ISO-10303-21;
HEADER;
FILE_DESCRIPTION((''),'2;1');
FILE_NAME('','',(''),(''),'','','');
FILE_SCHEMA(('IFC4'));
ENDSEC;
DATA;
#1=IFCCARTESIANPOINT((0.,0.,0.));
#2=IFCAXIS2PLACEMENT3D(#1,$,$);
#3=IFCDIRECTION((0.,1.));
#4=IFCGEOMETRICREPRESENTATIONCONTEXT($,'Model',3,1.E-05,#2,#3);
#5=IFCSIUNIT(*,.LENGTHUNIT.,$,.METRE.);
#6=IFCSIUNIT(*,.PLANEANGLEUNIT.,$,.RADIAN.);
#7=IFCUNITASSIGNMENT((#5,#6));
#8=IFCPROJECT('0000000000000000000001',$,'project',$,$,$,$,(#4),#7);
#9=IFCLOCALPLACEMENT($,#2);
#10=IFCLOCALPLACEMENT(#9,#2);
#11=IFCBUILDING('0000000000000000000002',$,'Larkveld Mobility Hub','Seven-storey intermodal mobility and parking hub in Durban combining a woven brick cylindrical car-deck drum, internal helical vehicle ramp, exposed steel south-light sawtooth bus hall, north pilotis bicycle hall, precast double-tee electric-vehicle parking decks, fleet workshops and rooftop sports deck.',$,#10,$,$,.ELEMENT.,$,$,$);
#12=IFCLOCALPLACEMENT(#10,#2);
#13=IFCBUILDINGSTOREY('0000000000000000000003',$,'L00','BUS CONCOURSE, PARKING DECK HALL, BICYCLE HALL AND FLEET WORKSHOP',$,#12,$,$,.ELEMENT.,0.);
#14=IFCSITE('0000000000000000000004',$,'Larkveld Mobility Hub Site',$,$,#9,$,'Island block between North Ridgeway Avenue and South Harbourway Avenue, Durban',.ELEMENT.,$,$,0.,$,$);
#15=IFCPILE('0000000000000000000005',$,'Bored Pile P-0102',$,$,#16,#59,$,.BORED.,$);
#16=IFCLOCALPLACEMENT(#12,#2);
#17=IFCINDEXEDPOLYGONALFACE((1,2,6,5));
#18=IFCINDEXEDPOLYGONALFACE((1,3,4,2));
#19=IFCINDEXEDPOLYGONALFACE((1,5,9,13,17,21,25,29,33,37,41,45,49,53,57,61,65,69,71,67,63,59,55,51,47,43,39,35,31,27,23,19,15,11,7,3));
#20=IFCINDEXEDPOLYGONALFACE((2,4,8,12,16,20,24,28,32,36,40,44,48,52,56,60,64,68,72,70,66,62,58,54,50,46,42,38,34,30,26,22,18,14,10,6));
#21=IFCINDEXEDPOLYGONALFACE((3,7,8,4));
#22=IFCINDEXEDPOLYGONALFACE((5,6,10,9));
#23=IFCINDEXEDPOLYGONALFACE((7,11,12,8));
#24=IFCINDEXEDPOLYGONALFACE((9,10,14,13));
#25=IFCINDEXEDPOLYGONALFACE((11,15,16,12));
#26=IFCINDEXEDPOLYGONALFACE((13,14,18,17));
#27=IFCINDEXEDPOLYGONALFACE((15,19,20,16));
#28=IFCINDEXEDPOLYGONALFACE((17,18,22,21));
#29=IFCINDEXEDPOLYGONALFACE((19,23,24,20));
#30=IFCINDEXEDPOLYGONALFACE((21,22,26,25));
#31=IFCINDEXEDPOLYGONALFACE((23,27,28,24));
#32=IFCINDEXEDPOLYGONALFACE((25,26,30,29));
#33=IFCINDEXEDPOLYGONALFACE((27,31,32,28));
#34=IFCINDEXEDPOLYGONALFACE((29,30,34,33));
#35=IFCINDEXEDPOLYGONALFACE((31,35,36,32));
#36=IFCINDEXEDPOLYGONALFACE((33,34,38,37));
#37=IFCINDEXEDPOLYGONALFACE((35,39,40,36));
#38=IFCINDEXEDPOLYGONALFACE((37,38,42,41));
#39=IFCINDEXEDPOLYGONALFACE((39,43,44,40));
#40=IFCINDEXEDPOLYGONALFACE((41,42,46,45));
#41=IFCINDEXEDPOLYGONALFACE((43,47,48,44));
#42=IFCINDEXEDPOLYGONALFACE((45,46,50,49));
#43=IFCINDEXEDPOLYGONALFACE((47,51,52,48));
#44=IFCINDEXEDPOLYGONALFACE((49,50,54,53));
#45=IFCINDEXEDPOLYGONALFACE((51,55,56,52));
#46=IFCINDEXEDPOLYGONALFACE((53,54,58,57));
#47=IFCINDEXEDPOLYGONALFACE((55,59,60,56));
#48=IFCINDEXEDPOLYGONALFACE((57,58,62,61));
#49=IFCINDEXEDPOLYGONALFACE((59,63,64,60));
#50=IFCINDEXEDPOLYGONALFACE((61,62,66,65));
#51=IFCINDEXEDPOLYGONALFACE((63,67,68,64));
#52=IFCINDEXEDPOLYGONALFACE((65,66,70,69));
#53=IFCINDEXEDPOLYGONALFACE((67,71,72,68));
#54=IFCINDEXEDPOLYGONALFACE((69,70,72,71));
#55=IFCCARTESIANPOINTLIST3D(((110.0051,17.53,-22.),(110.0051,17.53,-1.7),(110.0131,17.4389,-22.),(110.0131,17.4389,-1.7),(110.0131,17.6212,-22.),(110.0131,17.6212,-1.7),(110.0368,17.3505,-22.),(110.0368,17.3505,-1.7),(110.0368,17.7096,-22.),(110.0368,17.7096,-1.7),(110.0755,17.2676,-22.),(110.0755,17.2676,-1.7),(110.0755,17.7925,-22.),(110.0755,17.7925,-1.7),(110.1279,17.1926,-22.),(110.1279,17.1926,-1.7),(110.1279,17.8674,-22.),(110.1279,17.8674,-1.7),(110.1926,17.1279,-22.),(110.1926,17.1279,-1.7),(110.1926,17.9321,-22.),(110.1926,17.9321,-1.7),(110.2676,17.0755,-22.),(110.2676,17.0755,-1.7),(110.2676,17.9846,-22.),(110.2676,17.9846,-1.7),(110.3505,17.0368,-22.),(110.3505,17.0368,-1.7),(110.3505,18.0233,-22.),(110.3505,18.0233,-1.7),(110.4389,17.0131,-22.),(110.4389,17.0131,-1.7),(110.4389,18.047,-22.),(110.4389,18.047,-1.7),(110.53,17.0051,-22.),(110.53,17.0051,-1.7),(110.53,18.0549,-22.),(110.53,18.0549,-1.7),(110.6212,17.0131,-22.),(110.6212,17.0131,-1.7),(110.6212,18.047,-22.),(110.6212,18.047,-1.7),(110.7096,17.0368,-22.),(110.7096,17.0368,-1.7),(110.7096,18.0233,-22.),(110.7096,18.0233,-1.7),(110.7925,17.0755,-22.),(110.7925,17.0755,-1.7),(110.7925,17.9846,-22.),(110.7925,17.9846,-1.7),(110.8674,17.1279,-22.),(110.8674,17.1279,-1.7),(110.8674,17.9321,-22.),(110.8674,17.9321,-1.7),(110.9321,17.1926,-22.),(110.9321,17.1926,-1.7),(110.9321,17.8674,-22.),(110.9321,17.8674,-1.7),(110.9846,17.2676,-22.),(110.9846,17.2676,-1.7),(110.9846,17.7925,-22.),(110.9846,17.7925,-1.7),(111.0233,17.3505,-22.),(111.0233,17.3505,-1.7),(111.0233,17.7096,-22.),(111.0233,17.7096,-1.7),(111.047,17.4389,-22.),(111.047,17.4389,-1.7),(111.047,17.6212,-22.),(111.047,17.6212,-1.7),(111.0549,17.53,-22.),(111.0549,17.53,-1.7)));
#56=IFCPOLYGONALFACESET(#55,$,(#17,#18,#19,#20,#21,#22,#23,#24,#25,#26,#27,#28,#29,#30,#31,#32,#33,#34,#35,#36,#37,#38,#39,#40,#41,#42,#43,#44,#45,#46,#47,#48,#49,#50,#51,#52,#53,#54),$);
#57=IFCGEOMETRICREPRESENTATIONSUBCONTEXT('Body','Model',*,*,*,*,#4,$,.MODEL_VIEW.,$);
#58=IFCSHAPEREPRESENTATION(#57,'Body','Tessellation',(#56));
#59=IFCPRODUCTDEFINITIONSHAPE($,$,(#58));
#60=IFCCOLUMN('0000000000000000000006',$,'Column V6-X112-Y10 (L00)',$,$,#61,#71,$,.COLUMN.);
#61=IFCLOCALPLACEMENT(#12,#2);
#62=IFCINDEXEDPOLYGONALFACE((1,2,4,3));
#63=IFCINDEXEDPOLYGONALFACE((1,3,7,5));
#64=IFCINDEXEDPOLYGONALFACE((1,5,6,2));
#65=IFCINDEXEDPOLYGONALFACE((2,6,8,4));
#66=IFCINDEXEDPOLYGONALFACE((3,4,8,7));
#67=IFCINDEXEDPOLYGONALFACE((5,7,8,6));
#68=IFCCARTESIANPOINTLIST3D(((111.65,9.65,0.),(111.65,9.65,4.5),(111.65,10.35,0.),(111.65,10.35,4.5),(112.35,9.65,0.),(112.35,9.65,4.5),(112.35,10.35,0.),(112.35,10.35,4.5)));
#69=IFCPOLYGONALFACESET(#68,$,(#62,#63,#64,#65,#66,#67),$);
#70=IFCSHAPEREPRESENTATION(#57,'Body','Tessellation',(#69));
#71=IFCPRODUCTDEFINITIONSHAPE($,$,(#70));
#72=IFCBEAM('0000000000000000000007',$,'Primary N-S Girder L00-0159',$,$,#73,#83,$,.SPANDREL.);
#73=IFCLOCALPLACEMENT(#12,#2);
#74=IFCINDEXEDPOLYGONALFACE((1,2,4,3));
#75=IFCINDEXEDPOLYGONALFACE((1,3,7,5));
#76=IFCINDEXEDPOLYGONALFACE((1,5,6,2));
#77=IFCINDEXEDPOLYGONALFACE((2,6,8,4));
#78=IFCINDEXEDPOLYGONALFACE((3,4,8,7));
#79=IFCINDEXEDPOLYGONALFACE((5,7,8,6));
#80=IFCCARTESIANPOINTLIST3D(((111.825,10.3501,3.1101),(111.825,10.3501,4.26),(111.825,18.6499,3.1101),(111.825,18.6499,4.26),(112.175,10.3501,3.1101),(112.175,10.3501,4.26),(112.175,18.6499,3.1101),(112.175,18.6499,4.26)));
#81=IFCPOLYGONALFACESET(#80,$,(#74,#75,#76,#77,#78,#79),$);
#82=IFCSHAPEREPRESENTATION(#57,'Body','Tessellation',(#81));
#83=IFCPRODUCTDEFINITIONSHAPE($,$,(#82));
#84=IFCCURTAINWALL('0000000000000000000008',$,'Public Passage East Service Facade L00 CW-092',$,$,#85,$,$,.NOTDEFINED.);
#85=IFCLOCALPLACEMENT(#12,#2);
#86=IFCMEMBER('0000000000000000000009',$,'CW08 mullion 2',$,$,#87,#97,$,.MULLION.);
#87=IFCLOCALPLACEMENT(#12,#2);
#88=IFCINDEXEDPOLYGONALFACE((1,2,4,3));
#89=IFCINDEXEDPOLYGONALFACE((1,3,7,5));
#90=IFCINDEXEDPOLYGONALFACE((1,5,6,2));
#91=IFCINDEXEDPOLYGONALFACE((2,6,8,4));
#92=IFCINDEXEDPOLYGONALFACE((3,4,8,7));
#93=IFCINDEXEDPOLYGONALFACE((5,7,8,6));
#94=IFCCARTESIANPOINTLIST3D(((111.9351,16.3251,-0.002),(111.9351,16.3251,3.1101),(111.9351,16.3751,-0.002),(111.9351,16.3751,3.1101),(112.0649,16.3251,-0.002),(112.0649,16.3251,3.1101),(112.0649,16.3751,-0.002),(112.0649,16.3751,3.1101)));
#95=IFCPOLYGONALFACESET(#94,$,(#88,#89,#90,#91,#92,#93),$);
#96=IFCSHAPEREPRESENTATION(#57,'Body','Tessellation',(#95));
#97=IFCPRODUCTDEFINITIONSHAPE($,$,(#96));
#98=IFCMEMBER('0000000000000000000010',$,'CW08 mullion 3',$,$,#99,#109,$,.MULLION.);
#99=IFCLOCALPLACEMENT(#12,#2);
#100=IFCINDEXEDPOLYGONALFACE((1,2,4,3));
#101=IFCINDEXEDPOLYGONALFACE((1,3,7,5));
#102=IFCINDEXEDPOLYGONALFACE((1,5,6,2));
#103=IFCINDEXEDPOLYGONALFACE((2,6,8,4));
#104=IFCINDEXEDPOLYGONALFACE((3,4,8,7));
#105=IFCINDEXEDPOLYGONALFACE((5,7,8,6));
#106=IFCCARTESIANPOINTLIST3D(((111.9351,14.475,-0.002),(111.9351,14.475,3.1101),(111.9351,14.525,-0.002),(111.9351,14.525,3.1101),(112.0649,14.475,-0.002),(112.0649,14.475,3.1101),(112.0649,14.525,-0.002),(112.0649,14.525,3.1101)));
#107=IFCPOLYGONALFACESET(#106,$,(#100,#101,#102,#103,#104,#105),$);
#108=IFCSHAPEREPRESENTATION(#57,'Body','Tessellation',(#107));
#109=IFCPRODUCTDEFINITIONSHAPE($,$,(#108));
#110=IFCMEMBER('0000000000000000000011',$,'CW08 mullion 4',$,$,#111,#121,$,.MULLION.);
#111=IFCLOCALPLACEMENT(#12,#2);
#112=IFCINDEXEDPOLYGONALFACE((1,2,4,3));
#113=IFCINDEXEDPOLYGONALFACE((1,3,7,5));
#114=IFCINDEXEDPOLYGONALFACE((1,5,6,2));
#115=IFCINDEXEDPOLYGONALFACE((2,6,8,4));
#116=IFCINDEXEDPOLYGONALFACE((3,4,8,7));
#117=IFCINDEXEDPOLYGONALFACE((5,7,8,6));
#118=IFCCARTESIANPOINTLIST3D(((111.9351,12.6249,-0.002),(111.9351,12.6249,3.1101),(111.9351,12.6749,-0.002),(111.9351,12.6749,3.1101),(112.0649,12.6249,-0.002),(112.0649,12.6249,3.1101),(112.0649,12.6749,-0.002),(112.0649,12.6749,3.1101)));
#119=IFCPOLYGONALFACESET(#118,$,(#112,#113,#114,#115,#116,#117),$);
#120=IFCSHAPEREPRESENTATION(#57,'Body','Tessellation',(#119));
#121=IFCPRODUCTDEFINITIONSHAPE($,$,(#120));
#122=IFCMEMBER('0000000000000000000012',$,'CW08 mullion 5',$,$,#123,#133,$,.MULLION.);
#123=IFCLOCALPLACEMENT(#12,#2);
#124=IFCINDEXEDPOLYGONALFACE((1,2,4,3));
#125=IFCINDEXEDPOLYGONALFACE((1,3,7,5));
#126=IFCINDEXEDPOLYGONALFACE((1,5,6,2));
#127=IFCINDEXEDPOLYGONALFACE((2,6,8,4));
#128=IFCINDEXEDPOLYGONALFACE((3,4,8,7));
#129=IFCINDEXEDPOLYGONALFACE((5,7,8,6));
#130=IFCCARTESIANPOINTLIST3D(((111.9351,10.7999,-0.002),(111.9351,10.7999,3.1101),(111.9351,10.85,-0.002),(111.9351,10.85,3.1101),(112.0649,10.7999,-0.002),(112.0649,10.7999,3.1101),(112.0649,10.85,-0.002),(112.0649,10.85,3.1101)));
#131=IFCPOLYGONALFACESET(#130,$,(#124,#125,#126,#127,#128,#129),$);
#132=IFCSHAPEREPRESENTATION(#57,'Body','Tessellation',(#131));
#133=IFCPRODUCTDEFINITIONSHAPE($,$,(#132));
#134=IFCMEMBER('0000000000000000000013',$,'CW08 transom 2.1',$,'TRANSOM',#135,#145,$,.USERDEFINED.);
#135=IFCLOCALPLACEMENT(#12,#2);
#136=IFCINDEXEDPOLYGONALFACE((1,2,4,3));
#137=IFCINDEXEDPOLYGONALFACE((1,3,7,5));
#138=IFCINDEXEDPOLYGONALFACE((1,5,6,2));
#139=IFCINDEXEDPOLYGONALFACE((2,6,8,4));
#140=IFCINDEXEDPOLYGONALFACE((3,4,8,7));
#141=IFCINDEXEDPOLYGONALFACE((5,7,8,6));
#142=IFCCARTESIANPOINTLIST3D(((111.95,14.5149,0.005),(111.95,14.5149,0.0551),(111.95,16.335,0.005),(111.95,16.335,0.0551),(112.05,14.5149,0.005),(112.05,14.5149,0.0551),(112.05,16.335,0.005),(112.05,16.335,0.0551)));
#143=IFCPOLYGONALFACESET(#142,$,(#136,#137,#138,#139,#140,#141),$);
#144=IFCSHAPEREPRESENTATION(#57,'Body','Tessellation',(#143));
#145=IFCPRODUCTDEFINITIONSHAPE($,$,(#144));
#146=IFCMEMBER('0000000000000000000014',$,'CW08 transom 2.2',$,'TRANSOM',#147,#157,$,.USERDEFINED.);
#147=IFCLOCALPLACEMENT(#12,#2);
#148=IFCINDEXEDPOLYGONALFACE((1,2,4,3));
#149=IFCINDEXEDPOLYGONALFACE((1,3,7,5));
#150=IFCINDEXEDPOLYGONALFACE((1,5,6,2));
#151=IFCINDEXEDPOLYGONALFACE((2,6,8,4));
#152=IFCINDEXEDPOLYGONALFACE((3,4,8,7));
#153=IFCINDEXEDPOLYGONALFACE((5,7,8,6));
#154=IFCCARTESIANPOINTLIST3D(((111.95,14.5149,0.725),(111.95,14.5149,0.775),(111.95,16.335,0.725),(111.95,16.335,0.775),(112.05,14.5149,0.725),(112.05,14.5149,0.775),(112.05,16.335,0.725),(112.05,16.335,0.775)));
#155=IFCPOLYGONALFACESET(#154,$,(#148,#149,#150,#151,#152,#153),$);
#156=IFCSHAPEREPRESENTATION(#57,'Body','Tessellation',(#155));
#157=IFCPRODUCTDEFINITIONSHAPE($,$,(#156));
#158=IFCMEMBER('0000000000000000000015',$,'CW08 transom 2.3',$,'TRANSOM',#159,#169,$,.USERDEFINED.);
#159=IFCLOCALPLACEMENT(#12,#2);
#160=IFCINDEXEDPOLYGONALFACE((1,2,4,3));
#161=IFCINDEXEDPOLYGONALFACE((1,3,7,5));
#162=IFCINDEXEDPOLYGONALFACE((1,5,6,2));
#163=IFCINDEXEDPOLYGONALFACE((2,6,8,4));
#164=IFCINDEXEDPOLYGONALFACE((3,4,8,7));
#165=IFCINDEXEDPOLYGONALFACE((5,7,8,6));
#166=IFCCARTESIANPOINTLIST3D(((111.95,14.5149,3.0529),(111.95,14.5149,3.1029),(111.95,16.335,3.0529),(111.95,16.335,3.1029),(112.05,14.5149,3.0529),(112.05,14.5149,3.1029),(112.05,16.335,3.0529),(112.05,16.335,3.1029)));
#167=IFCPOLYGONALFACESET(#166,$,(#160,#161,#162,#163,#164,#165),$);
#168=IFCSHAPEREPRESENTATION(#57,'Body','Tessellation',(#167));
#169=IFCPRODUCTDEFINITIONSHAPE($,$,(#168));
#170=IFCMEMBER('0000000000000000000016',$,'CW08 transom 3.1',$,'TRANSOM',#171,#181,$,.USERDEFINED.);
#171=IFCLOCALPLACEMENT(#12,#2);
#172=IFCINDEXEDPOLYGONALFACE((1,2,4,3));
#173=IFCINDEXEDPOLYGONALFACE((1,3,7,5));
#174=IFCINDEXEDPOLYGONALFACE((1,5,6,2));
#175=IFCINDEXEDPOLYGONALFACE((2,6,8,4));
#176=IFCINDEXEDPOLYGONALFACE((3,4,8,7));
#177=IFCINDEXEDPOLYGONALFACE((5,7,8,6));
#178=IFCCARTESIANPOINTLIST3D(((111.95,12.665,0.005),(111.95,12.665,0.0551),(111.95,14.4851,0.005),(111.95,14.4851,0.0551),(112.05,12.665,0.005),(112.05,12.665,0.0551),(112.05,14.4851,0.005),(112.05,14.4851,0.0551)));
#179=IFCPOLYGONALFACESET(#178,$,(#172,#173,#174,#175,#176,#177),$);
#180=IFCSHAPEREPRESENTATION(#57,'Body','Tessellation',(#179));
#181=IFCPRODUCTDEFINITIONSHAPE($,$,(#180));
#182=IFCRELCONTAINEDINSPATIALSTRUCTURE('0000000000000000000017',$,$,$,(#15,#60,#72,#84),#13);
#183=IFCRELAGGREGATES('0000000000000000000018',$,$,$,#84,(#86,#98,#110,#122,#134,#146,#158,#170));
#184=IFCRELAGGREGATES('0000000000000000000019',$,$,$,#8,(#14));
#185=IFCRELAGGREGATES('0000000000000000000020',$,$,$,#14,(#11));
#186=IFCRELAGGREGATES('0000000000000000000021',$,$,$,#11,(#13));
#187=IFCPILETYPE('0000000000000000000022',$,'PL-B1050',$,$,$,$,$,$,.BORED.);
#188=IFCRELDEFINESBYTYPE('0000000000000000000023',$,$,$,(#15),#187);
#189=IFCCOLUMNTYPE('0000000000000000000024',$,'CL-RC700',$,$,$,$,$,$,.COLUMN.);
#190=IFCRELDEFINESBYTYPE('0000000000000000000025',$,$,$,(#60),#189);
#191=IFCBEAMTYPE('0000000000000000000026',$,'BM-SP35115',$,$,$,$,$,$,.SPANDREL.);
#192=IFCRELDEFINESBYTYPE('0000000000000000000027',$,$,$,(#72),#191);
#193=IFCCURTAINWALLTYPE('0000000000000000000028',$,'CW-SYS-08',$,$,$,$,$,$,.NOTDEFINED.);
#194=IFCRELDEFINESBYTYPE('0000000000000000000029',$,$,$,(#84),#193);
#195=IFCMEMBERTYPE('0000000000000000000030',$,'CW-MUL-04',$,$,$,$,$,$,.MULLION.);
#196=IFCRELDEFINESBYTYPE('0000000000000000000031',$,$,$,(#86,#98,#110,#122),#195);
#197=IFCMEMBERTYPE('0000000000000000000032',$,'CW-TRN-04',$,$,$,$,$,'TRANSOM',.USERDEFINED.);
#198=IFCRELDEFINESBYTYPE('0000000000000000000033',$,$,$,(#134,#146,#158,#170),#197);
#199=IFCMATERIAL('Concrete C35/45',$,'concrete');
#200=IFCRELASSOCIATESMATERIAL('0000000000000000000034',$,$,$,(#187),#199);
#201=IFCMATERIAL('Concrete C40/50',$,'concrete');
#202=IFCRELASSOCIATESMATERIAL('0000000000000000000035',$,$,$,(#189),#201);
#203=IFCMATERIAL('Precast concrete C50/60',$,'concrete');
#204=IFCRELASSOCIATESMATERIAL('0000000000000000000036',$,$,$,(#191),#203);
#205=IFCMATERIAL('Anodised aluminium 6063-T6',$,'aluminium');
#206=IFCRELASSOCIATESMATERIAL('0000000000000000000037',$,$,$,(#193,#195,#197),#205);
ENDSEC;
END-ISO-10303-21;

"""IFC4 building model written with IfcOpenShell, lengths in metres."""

from ifc_helpers import new_model, si_unit, direction, frame, origin, origin_2d, place, context, subcontext, project, spatial, rectangle, circle, extrude, material, material_profile, profile_set, type_object, element, aggregate, save


model = new_model("IFC4")

# Units and contexts
model_context = context("Model", 3, precision=1e-05, world=origin(), true_north=direction((0.0, 1.0)))
body_context = subcontext(model_context, "Body", "Model", "MODEL_VIEW")
ifc_project = project(units=[si_unit("LENGTHUNIT", "METRE"), si_unit("PLANEANGLEUNIT", "RADIAN")], contexts=[model_context])

# Site, building, storey
site_placement = place(None, origin())
site = spatial("IfcSite", under=ifc_project, at=site_placement, Name="Larkveld Mobility Hub Site", LongName="Island block between North Ridgeway Avenue and South Harbourway Avenue, Durban", CompositionType="ELEMENT", RefElevation=0.0)
building_placement = place(site_placement, origin())
building = spatial("IfcBuilding", under=site, at=building_placement, Name="Larkveld Mobility Hub", Description="Seven-storey intermodal mobility and parking hub in Durban combining a woven brick cylindrical car-deck drum, internal helical vehicle ramp, exposed steel south-light sawtooth bus hall, north pilotis bicycle hall, precast double-tee electric-vehicle parking decks, fleet workshops and rooftop sports deck.", CompositionType="ELEMENT")
storey_placement = place(building_placement, origin())
storey = spatial("IfcBuildingStorey", under=building, at=storey_placement, Name="L00", Description="BUS CONCOURSE, PARKING DECK HALL, BICYCLE HALL AND FLEET WORKSHOP", CompositionType="ELEMENT", Elevation=0.0)

# Shared definitions
ifc_material_1 = material(Name="Concrete C35/45", Category="concrete")

# Pile
ifc_material_profile_1 = material_profile(ifc_material_1, circle(Radius=0.5249, at=origin_2d()), Name="PILE D1050")
ifc_profile_set_1 = profile_set([ifc_material_profile_1], Name="Concrete C35/45")
pile_type_1 = type_object("IfcPileType", Name="PL-B1050", PredefinedType="BORED", material=ifc_profile_set_1)
for number, where, z_axis, x_axis, name in (
    (1, (110.53, 17.53, -1.7), (0.0, 0.0, -1.0), (1.0, 0.0, 0.0), "Bored Pile P-0102"),
):
    element("IfcPile", number, at=place(storey_placement, frame(where, z_axis=z_axis, x_axis=x_axis)), inside=storey, type_object=pile_type_1, Name=name, PredefinedType="BORED", context=body_context, shape_type="SweptSolid", body=[
        extrude(circle(Radius=0.5249, at=origin_2d()), origin(), (0.0, 0.0, 1.0), 20.3),
    ])

# Column
ifc_material_2 = material(Name="Concrete C40/50", Category="concrete")
ifc_material_profile_2 = material_profile(ifc_material_2, rectangle(XDim=0.7, YDim=0.7, at=origin_2d()), Name="RC COL 700x700")
ifc_profile_set_2 = profile_set([ifc_material_profile_2], Name="Concrete C40/50")
column_type = type_object("IfcColumnType", Name="CL-RC700", PredefinedType="COLUMN", material=ifc_profile_set_2)
column_placement = place(storey_placement, frame((112.0, 10.0, 0.0), z_axis=(0.0, 0.0, 1.0), x_axis=(1.0, 0.0, 0.0)))
element("IfcColumn", 2, at=column_placement, inside=storey, type_object=column_type, Name="Column V6-X112-Y10 (L00)", PredefinedType="COLUMN", context=body_context, shape_type="SweptSolid", body=[
    extrude(rectangle(XDim=0.7, YDim=0.7, at=origin_2d()), origin(), (0.0, 0.0, 1.0), 4.5),
])

# Beam
ifc_material_3 = material(Name="Precast concrete C50/60", Category="concrete")
ifc_material_profile_3 = material_profile(ifc_material_3, rectangle(XDim=0.3501, YDim=1.1499, at=origin_2d()), Name="PC SP 350x1150")
ifc_profile_set_3 = profile_set([ifc_material_profile_3], Name="Precast concrete C50/60")
beam_type = type_object("IfcBeamType", Name="BM-SP35115", PredefinedType="SPANDREL", material=ifc_profile_set_3)
beam_placement = place(storey_placement, frame((112.0, 10.3501, 3.6851), z_axis=(0.0, 1.0, 0.0), x_axis=(-1.0, 0.0, 0.0)))
element("IfcBeam", 3, at=beam_placement, inside=storey, type_object=beam_type, Name="Primary N-S Girder L00-0159", PredefinedType="SPANDREL", context=body_context, shape_type="SweptSolid", body=[
    extrude(rectangle(XDim=0.3501, YDim=1.1499, at=origin_2d()), origin(), (0.0, 0.0, 1.0), 8.2998),
])

# Curtain wall, members
ifc_material_4 = material(Name="Anodised aluminium 6063-T6", Category="aluminium")
curtain_wall_type = type_object("IfcCurtainWallType", Name="CW-SYS-08", PredefinedType="NOTDEFINED", material=ifc_material_4)
curtain_wall_placement = place(storey_placement, origin())
curtain_wall = element("IfcCurtainWall", 4, at=curtain_wall_placement, inside=storey, type_object=curtain_wall_type, Name="Public Passage East Service Facade L00 CW-092", PredefinedType="NOTDEFINED")
ifc_material_profile_4 = material_profile(ifc_material_4, rectangle(XDim=0.05, YDim=0.1299, at=origin_2d()), Name="ALU MULL 50x130")
ifc_profile_set_4 = profile_set([ifc_material_profile_4], Name="Anodised aluminium 6063-T6")
member_type_1 = type_object("IfcMemberType", Name="CW-MUL-04", PredefinedType="MULLION", material=ifc_profile_set_4)
member_1_placement = place(storey_placement, frame((112.0, 16.3501, -0.002), z_axis=(0.0, 0.0, 1.0), x_axis=(0.0, -1.0, 0.0)))
member_1 = element("IfcMember", 5, at=member_1_placement, type_object=member_type_1, Name="CW08 mullion 2", PredefinedType="MULLION", context=body_context, shape_type="SweptSolid", body=[
    extrude(rectangle(XDim=0.05, YDim=0.1299, at=origin_2d()), origin(), (0.0, 0.0, 1.0), 3.1121),
])
member_2_placement = place(storey_placement, frame((112.0, 14.5, -0.002), z_axis=(0.0, 0.0, 1.0), x_axis=(0.0, -1.0, 0.0)))
member_2 = element("IfcMember", 6, at=member_2_placement, type_object=member_type_1, Name="CW08 mullion 3", PredefinedType="MULLION", context=body_context, shape_type="SweptSolid", body=[
    extrude(rectangle(XDim=0.05, YDim=0.1299, at=origin_2d()), origin(), (0.0, 0.0, 1.0), 3.1121),
])
member_3_placement = place(storey_placement, frame((112.0, 12.6499, -0.002), z_axis=(0.0, 0.0, 1.0), x_axis=(0.0, -1.0, 0.0)))
member_3 = element("IfcMember", 7, at=member_3_placement, type_object=member_type_1, Name="CW08 mullion 4", PredefinedType="MULLION", context=body_context, shape_type="SweptSolid", body=[
    extrude(rectangle(XDim=0.05, YDim=0.1299, at=origin_2d()), origin(), (0.0, 0.0, 1.0), 3.1121),
])
member_4_placement = place(storey_placement, frame((112.0, 10.825, -0.002), z_axis=(0.0, 0.0, 1.0), x_axis=(0.0, -1.0, 0.0)))
member_4 = element("IfcMember", 8, at=member_4_placement, type_object=member_type_1, Name="CW08 mullion 5", PredefinedType="MULLION", context=body_context, shape_type="SweptSolid", body=[
    extrude(rectangle(XDim=0.05, YDim=0.1299, at=origin_2d()), origin(), (0.0, 0.0, 1.0), 3.1121),
])
ifc_material_profile_5 = material_profile(ifc_material_4, rectangle(XDim=0.1001, YDim=0.05, at=origin_2d()), Name="ALU TRAN 50x100")
ifc_profile_set_5 = profile_set([ifc_material_profile_5], Name="Anodised aluminium 6063-T6")
member_type_2 = type_object("IfcMemberType", Name="CW-TRN-04", ElementType="TRANSOM", PredefinedType="USERDEFINED", material=ifc_profile_set_5)
member_5_placement = place(storey_placement, frame((112.0, 16.335, 0.03), z_axis=(0.0, -1.0, 0.0), x_axis=(1.0, 0.0, 0.0)))
member_5 = element("IfcMember", 9, at=member_5_placement, type_object=member_type_2, Name="CW08 transom 2.1", ObjectType="TRANSOM", PredefinedType="USERDEFINED", context=body_context, shape_type="SweptSolid", body=[
    extrude(rectangle(XDim=0.1001, YDim=0.05, at=origin_2d()), origin(), (0.0, 0.0, 1.0), 1.8201),
])
member_6_placement = place(storey_placement, frame((112.0, 16.335, 0.75), z_axis=(0.0, -1.0, 0.0), x_axis=(1.0, 0.0, 0.0)))
member_6 = element("IfcMember", 10, at=member_6_placement, type_object=member_type_2, Name="CW08 transom 2.2", ObjectType="TRANSOM", PredefinedType="USERDEFINED", context=body_context, shape_type="SweptSolid", body=[
    extrude(rectangle(XDim=0.1001, YDim=0.05, at=origin_2d()), origin(), (0.0, 0.0, 1.0), 1.8201),
])
member_7_placement = place(storey_placement, frame((112.0, 16.335, 3.0779), z_axis=(0.0, -1.0, 0.0), x_axis=(1.0, 0.0, 0.0)))
member_7 = element("IfcMember", 11, at=member_7_placement, type_object=member_type_2, Name="CW08 transom 2.3", ObjectType="TRANSOM", PredefinedType="USERDEFINED", context=body_context, shape_type="SweptSolid", body=[
    extrude(rectangle(XDim=0.1001, YDim=0.05, at=origin_2d()), origin(), (0.0, 0.0, 1.0), 1.8201),
])
member_8_placement = place(storey_placement, frame((112.0, 14.4851, 0.03), z_axis=(0.0, -1.0, 0.0), x_axis=(1.0, 0.0, 0.0)))
member_8 = element("IfcMember", 12, at=member_8_placement, type_object=member_type_2, Name="CW08 transom 3.1", ObjectType="TRANSOM", PredefinedType="USERDEFINED", context=body_context, shape_type="SweptSolid", body=[
    extrude(rectangle(XDim=0.1001, YDim=0.05, at=origin_2d()), origin(), (0.0, 0.0, 1.0), 1.8201),
])
aggregate(curtain_wall, [member_1, member_2, member_3, member_4, member_5, member_6, member_7, member_8])

save(model, "model.ifc")
